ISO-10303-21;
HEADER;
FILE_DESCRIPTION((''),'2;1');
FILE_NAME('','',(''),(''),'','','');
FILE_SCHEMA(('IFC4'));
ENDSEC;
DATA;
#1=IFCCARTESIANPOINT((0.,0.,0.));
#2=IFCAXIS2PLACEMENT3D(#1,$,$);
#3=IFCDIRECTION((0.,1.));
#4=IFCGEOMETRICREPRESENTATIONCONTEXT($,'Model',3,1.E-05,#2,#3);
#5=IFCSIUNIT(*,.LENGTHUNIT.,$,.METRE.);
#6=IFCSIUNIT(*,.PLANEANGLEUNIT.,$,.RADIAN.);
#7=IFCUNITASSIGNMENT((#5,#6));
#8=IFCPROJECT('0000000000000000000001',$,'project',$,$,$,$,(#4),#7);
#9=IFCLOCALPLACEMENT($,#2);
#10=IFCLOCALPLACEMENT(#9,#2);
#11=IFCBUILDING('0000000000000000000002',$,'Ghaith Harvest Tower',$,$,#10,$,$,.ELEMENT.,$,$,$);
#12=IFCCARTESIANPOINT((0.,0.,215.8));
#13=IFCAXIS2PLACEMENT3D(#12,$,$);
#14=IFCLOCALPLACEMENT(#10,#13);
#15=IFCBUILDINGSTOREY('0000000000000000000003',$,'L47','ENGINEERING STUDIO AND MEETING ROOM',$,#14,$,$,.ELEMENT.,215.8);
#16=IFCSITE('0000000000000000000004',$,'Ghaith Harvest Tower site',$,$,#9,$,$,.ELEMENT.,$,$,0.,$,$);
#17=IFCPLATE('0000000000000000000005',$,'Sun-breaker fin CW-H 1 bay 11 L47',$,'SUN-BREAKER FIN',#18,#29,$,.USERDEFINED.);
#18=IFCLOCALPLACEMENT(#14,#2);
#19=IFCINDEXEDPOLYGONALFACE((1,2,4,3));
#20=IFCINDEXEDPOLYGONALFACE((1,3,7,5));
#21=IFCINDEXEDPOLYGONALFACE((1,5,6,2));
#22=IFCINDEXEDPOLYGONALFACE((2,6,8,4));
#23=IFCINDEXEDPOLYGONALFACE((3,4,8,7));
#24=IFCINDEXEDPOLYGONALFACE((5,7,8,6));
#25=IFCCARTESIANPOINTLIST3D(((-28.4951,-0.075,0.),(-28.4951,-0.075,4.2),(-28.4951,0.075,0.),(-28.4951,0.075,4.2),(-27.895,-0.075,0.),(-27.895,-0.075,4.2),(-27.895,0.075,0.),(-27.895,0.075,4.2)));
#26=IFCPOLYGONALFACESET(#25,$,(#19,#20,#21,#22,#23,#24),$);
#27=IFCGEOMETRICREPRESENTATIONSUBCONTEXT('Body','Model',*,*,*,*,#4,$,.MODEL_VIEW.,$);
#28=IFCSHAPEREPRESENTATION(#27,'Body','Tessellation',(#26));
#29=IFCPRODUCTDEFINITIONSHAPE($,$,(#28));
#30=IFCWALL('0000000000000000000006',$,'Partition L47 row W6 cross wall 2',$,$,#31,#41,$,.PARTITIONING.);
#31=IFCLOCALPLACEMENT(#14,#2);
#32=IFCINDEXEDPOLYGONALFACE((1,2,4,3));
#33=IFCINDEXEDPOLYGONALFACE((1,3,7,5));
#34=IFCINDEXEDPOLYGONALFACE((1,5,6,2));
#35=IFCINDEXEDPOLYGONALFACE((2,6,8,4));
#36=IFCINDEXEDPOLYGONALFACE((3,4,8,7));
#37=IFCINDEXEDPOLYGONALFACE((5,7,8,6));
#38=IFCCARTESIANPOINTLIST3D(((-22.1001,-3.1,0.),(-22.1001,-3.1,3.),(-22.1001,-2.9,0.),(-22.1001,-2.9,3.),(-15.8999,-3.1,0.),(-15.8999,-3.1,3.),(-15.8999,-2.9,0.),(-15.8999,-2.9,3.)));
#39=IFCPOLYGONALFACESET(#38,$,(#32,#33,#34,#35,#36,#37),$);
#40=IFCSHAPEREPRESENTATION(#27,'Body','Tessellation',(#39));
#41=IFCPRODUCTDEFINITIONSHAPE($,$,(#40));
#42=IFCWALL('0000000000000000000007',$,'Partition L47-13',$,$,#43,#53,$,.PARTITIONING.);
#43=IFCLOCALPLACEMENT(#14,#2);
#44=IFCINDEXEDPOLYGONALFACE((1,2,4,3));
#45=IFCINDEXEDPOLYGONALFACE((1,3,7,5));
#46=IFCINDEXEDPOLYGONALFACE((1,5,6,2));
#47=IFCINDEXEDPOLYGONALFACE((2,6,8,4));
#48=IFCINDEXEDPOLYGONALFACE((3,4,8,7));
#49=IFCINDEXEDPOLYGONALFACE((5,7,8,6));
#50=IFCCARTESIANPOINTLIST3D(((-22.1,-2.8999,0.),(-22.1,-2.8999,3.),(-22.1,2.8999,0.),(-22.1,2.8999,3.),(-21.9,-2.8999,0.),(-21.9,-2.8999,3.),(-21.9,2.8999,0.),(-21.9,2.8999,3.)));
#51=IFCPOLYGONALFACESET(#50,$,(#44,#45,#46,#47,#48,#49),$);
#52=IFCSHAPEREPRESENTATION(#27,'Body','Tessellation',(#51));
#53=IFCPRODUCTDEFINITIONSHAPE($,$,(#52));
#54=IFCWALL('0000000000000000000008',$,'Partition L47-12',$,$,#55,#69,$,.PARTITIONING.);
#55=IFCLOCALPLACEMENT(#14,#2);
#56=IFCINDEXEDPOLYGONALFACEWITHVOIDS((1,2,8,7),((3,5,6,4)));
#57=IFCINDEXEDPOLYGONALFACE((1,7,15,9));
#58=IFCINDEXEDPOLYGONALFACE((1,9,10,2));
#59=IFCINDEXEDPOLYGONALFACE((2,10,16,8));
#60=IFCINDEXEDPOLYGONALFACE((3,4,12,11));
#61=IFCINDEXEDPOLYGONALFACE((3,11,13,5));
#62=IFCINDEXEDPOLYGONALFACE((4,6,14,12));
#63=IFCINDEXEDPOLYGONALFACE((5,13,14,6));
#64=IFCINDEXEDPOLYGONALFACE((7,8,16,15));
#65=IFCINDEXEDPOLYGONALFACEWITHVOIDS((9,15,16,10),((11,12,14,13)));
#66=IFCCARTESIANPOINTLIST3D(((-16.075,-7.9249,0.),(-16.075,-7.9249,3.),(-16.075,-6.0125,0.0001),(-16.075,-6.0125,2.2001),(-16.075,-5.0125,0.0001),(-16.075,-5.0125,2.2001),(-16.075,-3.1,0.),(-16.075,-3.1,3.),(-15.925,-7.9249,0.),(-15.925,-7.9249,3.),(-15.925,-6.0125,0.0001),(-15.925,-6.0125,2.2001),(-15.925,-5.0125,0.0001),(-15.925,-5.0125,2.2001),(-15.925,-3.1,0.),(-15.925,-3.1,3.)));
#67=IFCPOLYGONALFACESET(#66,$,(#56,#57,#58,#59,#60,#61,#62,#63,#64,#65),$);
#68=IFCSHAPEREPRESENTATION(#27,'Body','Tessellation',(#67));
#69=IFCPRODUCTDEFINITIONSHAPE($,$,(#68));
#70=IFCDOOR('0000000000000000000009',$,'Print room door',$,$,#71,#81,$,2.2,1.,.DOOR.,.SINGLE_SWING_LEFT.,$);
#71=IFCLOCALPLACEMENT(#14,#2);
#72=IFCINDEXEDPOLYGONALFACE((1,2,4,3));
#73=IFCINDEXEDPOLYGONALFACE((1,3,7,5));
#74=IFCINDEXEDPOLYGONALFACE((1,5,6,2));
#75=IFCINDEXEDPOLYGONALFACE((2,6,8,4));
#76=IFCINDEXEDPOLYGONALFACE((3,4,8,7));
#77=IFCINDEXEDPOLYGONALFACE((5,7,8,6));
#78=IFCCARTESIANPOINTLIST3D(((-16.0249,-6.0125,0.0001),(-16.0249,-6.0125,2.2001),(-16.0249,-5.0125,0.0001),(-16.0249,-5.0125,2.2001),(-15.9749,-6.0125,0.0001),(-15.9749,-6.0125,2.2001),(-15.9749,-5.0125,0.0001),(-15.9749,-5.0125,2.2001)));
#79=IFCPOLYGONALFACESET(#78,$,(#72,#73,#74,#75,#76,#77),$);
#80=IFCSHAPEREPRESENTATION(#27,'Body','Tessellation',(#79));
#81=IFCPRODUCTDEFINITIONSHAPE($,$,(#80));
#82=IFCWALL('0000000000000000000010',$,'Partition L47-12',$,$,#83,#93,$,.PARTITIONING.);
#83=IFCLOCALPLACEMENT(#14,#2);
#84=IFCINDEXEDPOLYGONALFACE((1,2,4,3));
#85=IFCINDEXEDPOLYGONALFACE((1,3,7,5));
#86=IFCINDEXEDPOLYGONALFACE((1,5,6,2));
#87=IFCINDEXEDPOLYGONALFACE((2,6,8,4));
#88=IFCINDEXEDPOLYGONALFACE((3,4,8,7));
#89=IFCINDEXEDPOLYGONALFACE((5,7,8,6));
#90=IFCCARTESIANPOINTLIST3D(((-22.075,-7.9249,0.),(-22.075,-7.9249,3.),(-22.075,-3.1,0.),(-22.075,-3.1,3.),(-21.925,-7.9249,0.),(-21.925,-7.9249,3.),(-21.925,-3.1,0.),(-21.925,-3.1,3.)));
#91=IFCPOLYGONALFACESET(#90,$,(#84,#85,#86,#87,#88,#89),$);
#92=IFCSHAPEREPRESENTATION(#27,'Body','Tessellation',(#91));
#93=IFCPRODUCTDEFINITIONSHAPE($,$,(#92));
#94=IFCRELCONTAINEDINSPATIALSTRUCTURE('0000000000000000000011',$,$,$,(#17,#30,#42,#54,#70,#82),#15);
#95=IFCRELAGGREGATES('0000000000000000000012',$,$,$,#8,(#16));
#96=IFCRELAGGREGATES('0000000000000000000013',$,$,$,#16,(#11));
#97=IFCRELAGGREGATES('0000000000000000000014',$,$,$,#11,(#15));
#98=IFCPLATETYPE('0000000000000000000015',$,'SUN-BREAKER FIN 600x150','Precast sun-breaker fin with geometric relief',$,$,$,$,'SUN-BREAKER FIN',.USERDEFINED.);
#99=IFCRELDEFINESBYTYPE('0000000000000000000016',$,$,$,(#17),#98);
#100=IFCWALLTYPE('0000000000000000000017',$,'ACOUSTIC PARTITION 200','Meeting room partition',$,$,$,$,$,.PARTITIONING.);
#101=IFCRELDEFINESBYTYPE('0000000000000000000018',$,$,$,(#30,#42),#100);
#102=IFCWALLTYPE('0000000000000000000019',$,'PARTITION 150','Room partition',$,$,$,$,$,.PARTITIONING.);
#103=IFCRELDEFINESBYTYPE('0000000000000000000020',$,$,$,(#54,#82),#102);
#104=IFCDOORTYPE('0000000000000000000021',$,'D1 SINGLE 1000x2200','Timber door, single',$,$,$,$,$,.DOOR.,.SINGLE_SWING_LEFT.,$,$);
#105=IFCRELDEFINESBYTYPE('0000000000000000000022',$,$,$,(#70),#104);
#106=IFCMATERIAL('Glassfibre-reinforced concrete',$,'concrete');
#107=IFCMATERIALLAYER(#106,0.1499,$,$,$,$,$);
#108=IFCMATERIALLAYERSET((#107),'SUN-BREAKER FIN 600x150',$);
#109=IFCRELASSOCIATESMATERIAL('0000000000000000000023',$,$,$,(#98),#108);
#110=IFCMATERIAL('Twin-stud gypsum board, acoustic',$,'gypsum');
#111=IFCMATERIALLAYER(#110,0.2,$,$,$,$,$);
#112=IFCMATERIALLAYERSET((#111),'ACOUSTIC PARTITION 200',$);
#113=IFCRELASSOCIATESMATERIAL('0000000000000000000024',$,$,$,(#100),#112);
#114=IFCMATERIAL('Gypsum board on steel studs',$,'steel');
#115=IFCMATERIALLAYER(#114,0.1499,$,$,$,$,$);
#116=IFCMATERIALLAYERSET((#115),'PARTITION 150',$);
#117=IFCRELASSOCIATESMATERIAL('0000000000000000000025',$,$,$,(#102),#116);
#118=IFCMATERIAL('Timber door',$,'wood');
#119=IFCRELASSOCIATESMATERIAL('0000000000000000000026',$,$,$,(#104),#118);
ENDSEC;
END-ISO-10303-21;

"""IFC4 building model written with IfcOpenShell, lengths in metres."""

from ifc_helpers import new_model, si_unit, direction, frame, frame_2d, origin, origin_2d, place, context, subcontext, project, spatial, rectangle, extrude, material, layer, layer_set, type_object, element, fill, save


model = new_model("IFC4")

# Units and contexts
model_context = context("Model", 3, precision=1e-05, world=origin(), true_north=direction((0.0, 1.0)))
body_context = subcontext(model_context, "Body", "Model", "MODEL_VIEW")
ifc_project = project(units=[si_unit("LENGTHUNIT", "METRE"), si_unit("PLANEANGLEUNIT", "RADIAN")], contexts=[model_context])

# Site, building, storey
site_placement = place(None, origin())
site = spatial("IfcSite", under=ifc_project, at=site_placement, Name="Ghaith Harvest Tower site", CompositionType="ELEMENT", RefElevation=0.0)
building_placement = place(site_placement, origin())
building = spatial("IfcBuilding", under=site, at=building_placement, Name="Ghaith Harvest Tower", CompositionType="ELEMENT")
storey_placement = place(building_placement, frame((0.0, 0.0, 215.8)))
storey = spatial("IfcBuildingStorey", under=building, at=storey_placement, Name="L47", Description="ENGINEERING STUDIO AND MEETING ROOM", CompositionType="ELEMENT", Elevation=215.8)

# Plate
ifc_material_1 = material(Name="Glassfibre-reinforced concrete", Category="concrete")
ifc_layer_1 = layer(ifc_material_1, 0.1499)
ifc_layer_set_1 = layer_set([ifc_layer_1], Name="SUN-BREAKER FIN 600x150")
plate_type_1 = type_object("IfcPlateType", Name="SUN-BREAKER FIN 600x150", Description="Precast sun-breaker fin with geometric relief", ElementType="SUN-BREAKER FIN", PredefinedType="USERDEFINED", material=ifc_layer_set_1)
plate_1_placement = place(storey_placement, frame((-28.1951, 0.0, 0.0), z_axis=(0.0, 0.0, 1.0), x_axis=(-1.0, 0.0, 0.0)))
element("IfcPlate", 1, at=plate_1_placement, inside=storey, type_object=plate_type_1, Name="Sun-breaker fin CW-H 1 bay 11 L47", ObjectType="SUN-BREAKER FIN", PredefinedType="USERDEFINED", context=body_context, shape_type="SweptSolid", body=[
    extrude(rectangle(XDim=0.6001, YDim=0.1499, at=origin_2d()), origin(), (0.0, 0.0, 1.0), 4.2),
])

# Wall
ifc_material_2 = material(Name="Twin-stud gypsum board, acoustic", Category="gypsum")
ifc_layer_2 = layer(ifc_material_2, 0.2)
ifc_layer_set_2 = layer_set([ifc_layer_2], Name="ACOUSTIC PARTITION 200")
wall_type_1 = type_object("IfcWallType", Name="ACOUSTIC PARTITION 200", Description="Meeting room partition", PredefinedType="PARTITIONING", material=ifc_layer_set_2)
wall_1_placement = place(storey_placement, frame((-15.8999, -3.0, 0.0), z_axis=(0.0, 0.0, 1.0), x_axis=(-1.0, 0.0, 0.0)))
element("IfcWall", 2, at=wall_1_placement, inside=storey, type_object=wall_type_1, Name="Partition L47 row W6 cross wall 2", PredefinedType="PARTITIONING", context=body_context, shape_type="SweptSolid", body=[
    extrude(rectangle(XDim=6.2002, YDim=0.2, at=frame_2d((3.1001, 0.0))), origin(), (0.0, 0.0, 1.0), 3.0),
])

# Wall
wall_2_placement = place(storey_placement, frame((-22.0, -2.8999, 0.0), z_axis=(0.0, 0.0, 1.0), x_axis=(0.0, 1.0, 0.0)))
element("IfcWall", 3, at=wall_2_placement, inside=storey, type_object=wall_type_1, Name="Partition L47-13", PredefinedType="PARTITIONING", context=body_context, shape_type="SweptSolid", body=[
    extrude(rectangle(XDim=5.7998, YDim=0.2, at=frame_2d((2.8999, 0.0))), origin(), (0.0, 0.0, 1.0), 3.0),
])

# Wall, opening, door
ifc_material_3 = material(Name="Gypsum board on steel studs", Category="steel")
ifc_layer_3 = layer(ifc_material_3, 0.1499)
ifc_layer_set_3 = layer_set([ifc_layer_3], Name="PARTITION 150")
wall_type_2 = type_object("IfcWallType", Name="PARTITION 150", Description="Room partition", PredefinedType="PARTITIONING", material=ifc_layer_set_3)
wall_3_placement = place(storey_placement, frame((-16.0, -7.925, 0.0), z_axis=(0.0, 0.0, 1.0), x_axis=(0.0, 1.0, 0.0)))
wall_3 = element("IfcWall", 4, at=wall_3_placement, inside=storey, type_object=wall_type_2, Name="Partition L47-12", PredefinedType="PARTITIONING", context=body_context, shape_type="SweptSolid", body=[
    extrude(rectangle(XDim=4.825, YDim=0.1499, at=frame_2d((2.4126, 0.0))), origin(), (0.0, 0.0, 1.0), 3.0),
])
opening_1_placement = place(wall_3_placement, frame((1.9126, 0.0, 0.0)))
opening_1 = element("IfcOpeningElement", 5, at=opening_1_placement, cuts=wall_3, PredefinedType="OPENING", context=body_context, shape_type="SweptSolid", body=[
    extrude(rectangle(XDim=1.0, YDim=2.2, at=frame_2d((0.5, 1.1001))), frame((0.0, 0.085, 0.0), z_axis=(0.0, -1.0, 0.0), x_axis=(1.0, 0.0, 0.0)), (0.0, 0.0, 1.0), 0.1699),
])
ifc_material_4 = material(Name="Timber door", Category="wood")
door_type_1 = type_object("IfcDoorType", Name="D1 SINGLE 1000x2200", Description="Timber door, single", OperationType="SINGLE_SWING_LEFT", PredefinedType="DOOR", material=ifc_material_4)
door_1_placement = place(opening_1_placement, origin())
door_1 = element("IfcDoor", 6, at=door_1_placement, inside=storey, type_object=door_type_1, Name="Print room door", OperationType="SINGLE_SWING_LEFT", OverallHeight=2.2, OverallWidth=1.0, PredefinedType="DOOR", context=body_context, shape_type="SweptSolid", body=[
    extrude(rectangle(XDim=1.0, YDim=2.2, at=frame_2d((0.5, 1.1001))), frame((0.0, 0.0249, 0.0), z_axis=(0.0, -1.0, 0.0), x_axis=(1.0, 0.0, 0.0)), (0.0, 0.0, 1.0), 0.05),
])
fill(opening_1, door_1)

# Wall
wall_4_placement = place(storey_placement, frame((-22.0, -7.925, 0.0), z_axis=(0.0, 0.0, 1.0), x_axis=(0.0, 1.0, 0.0)))
element("IfcWall", 7, at=wall_4_placement, inside=storey, type_object=wall_type_2, Name="Partition L47-12", PredefinedType="PARTITIONING", context=body_context, shape_type="SweptSolid", body=[
    extrude(rectangle(XDim=4.825, YDim=0.1499, at=frame_2d((2.4126, 0.0))), origin(), (0.0, 0.0, 1.0), 3.0),
])

save(model, "model.ifc")
